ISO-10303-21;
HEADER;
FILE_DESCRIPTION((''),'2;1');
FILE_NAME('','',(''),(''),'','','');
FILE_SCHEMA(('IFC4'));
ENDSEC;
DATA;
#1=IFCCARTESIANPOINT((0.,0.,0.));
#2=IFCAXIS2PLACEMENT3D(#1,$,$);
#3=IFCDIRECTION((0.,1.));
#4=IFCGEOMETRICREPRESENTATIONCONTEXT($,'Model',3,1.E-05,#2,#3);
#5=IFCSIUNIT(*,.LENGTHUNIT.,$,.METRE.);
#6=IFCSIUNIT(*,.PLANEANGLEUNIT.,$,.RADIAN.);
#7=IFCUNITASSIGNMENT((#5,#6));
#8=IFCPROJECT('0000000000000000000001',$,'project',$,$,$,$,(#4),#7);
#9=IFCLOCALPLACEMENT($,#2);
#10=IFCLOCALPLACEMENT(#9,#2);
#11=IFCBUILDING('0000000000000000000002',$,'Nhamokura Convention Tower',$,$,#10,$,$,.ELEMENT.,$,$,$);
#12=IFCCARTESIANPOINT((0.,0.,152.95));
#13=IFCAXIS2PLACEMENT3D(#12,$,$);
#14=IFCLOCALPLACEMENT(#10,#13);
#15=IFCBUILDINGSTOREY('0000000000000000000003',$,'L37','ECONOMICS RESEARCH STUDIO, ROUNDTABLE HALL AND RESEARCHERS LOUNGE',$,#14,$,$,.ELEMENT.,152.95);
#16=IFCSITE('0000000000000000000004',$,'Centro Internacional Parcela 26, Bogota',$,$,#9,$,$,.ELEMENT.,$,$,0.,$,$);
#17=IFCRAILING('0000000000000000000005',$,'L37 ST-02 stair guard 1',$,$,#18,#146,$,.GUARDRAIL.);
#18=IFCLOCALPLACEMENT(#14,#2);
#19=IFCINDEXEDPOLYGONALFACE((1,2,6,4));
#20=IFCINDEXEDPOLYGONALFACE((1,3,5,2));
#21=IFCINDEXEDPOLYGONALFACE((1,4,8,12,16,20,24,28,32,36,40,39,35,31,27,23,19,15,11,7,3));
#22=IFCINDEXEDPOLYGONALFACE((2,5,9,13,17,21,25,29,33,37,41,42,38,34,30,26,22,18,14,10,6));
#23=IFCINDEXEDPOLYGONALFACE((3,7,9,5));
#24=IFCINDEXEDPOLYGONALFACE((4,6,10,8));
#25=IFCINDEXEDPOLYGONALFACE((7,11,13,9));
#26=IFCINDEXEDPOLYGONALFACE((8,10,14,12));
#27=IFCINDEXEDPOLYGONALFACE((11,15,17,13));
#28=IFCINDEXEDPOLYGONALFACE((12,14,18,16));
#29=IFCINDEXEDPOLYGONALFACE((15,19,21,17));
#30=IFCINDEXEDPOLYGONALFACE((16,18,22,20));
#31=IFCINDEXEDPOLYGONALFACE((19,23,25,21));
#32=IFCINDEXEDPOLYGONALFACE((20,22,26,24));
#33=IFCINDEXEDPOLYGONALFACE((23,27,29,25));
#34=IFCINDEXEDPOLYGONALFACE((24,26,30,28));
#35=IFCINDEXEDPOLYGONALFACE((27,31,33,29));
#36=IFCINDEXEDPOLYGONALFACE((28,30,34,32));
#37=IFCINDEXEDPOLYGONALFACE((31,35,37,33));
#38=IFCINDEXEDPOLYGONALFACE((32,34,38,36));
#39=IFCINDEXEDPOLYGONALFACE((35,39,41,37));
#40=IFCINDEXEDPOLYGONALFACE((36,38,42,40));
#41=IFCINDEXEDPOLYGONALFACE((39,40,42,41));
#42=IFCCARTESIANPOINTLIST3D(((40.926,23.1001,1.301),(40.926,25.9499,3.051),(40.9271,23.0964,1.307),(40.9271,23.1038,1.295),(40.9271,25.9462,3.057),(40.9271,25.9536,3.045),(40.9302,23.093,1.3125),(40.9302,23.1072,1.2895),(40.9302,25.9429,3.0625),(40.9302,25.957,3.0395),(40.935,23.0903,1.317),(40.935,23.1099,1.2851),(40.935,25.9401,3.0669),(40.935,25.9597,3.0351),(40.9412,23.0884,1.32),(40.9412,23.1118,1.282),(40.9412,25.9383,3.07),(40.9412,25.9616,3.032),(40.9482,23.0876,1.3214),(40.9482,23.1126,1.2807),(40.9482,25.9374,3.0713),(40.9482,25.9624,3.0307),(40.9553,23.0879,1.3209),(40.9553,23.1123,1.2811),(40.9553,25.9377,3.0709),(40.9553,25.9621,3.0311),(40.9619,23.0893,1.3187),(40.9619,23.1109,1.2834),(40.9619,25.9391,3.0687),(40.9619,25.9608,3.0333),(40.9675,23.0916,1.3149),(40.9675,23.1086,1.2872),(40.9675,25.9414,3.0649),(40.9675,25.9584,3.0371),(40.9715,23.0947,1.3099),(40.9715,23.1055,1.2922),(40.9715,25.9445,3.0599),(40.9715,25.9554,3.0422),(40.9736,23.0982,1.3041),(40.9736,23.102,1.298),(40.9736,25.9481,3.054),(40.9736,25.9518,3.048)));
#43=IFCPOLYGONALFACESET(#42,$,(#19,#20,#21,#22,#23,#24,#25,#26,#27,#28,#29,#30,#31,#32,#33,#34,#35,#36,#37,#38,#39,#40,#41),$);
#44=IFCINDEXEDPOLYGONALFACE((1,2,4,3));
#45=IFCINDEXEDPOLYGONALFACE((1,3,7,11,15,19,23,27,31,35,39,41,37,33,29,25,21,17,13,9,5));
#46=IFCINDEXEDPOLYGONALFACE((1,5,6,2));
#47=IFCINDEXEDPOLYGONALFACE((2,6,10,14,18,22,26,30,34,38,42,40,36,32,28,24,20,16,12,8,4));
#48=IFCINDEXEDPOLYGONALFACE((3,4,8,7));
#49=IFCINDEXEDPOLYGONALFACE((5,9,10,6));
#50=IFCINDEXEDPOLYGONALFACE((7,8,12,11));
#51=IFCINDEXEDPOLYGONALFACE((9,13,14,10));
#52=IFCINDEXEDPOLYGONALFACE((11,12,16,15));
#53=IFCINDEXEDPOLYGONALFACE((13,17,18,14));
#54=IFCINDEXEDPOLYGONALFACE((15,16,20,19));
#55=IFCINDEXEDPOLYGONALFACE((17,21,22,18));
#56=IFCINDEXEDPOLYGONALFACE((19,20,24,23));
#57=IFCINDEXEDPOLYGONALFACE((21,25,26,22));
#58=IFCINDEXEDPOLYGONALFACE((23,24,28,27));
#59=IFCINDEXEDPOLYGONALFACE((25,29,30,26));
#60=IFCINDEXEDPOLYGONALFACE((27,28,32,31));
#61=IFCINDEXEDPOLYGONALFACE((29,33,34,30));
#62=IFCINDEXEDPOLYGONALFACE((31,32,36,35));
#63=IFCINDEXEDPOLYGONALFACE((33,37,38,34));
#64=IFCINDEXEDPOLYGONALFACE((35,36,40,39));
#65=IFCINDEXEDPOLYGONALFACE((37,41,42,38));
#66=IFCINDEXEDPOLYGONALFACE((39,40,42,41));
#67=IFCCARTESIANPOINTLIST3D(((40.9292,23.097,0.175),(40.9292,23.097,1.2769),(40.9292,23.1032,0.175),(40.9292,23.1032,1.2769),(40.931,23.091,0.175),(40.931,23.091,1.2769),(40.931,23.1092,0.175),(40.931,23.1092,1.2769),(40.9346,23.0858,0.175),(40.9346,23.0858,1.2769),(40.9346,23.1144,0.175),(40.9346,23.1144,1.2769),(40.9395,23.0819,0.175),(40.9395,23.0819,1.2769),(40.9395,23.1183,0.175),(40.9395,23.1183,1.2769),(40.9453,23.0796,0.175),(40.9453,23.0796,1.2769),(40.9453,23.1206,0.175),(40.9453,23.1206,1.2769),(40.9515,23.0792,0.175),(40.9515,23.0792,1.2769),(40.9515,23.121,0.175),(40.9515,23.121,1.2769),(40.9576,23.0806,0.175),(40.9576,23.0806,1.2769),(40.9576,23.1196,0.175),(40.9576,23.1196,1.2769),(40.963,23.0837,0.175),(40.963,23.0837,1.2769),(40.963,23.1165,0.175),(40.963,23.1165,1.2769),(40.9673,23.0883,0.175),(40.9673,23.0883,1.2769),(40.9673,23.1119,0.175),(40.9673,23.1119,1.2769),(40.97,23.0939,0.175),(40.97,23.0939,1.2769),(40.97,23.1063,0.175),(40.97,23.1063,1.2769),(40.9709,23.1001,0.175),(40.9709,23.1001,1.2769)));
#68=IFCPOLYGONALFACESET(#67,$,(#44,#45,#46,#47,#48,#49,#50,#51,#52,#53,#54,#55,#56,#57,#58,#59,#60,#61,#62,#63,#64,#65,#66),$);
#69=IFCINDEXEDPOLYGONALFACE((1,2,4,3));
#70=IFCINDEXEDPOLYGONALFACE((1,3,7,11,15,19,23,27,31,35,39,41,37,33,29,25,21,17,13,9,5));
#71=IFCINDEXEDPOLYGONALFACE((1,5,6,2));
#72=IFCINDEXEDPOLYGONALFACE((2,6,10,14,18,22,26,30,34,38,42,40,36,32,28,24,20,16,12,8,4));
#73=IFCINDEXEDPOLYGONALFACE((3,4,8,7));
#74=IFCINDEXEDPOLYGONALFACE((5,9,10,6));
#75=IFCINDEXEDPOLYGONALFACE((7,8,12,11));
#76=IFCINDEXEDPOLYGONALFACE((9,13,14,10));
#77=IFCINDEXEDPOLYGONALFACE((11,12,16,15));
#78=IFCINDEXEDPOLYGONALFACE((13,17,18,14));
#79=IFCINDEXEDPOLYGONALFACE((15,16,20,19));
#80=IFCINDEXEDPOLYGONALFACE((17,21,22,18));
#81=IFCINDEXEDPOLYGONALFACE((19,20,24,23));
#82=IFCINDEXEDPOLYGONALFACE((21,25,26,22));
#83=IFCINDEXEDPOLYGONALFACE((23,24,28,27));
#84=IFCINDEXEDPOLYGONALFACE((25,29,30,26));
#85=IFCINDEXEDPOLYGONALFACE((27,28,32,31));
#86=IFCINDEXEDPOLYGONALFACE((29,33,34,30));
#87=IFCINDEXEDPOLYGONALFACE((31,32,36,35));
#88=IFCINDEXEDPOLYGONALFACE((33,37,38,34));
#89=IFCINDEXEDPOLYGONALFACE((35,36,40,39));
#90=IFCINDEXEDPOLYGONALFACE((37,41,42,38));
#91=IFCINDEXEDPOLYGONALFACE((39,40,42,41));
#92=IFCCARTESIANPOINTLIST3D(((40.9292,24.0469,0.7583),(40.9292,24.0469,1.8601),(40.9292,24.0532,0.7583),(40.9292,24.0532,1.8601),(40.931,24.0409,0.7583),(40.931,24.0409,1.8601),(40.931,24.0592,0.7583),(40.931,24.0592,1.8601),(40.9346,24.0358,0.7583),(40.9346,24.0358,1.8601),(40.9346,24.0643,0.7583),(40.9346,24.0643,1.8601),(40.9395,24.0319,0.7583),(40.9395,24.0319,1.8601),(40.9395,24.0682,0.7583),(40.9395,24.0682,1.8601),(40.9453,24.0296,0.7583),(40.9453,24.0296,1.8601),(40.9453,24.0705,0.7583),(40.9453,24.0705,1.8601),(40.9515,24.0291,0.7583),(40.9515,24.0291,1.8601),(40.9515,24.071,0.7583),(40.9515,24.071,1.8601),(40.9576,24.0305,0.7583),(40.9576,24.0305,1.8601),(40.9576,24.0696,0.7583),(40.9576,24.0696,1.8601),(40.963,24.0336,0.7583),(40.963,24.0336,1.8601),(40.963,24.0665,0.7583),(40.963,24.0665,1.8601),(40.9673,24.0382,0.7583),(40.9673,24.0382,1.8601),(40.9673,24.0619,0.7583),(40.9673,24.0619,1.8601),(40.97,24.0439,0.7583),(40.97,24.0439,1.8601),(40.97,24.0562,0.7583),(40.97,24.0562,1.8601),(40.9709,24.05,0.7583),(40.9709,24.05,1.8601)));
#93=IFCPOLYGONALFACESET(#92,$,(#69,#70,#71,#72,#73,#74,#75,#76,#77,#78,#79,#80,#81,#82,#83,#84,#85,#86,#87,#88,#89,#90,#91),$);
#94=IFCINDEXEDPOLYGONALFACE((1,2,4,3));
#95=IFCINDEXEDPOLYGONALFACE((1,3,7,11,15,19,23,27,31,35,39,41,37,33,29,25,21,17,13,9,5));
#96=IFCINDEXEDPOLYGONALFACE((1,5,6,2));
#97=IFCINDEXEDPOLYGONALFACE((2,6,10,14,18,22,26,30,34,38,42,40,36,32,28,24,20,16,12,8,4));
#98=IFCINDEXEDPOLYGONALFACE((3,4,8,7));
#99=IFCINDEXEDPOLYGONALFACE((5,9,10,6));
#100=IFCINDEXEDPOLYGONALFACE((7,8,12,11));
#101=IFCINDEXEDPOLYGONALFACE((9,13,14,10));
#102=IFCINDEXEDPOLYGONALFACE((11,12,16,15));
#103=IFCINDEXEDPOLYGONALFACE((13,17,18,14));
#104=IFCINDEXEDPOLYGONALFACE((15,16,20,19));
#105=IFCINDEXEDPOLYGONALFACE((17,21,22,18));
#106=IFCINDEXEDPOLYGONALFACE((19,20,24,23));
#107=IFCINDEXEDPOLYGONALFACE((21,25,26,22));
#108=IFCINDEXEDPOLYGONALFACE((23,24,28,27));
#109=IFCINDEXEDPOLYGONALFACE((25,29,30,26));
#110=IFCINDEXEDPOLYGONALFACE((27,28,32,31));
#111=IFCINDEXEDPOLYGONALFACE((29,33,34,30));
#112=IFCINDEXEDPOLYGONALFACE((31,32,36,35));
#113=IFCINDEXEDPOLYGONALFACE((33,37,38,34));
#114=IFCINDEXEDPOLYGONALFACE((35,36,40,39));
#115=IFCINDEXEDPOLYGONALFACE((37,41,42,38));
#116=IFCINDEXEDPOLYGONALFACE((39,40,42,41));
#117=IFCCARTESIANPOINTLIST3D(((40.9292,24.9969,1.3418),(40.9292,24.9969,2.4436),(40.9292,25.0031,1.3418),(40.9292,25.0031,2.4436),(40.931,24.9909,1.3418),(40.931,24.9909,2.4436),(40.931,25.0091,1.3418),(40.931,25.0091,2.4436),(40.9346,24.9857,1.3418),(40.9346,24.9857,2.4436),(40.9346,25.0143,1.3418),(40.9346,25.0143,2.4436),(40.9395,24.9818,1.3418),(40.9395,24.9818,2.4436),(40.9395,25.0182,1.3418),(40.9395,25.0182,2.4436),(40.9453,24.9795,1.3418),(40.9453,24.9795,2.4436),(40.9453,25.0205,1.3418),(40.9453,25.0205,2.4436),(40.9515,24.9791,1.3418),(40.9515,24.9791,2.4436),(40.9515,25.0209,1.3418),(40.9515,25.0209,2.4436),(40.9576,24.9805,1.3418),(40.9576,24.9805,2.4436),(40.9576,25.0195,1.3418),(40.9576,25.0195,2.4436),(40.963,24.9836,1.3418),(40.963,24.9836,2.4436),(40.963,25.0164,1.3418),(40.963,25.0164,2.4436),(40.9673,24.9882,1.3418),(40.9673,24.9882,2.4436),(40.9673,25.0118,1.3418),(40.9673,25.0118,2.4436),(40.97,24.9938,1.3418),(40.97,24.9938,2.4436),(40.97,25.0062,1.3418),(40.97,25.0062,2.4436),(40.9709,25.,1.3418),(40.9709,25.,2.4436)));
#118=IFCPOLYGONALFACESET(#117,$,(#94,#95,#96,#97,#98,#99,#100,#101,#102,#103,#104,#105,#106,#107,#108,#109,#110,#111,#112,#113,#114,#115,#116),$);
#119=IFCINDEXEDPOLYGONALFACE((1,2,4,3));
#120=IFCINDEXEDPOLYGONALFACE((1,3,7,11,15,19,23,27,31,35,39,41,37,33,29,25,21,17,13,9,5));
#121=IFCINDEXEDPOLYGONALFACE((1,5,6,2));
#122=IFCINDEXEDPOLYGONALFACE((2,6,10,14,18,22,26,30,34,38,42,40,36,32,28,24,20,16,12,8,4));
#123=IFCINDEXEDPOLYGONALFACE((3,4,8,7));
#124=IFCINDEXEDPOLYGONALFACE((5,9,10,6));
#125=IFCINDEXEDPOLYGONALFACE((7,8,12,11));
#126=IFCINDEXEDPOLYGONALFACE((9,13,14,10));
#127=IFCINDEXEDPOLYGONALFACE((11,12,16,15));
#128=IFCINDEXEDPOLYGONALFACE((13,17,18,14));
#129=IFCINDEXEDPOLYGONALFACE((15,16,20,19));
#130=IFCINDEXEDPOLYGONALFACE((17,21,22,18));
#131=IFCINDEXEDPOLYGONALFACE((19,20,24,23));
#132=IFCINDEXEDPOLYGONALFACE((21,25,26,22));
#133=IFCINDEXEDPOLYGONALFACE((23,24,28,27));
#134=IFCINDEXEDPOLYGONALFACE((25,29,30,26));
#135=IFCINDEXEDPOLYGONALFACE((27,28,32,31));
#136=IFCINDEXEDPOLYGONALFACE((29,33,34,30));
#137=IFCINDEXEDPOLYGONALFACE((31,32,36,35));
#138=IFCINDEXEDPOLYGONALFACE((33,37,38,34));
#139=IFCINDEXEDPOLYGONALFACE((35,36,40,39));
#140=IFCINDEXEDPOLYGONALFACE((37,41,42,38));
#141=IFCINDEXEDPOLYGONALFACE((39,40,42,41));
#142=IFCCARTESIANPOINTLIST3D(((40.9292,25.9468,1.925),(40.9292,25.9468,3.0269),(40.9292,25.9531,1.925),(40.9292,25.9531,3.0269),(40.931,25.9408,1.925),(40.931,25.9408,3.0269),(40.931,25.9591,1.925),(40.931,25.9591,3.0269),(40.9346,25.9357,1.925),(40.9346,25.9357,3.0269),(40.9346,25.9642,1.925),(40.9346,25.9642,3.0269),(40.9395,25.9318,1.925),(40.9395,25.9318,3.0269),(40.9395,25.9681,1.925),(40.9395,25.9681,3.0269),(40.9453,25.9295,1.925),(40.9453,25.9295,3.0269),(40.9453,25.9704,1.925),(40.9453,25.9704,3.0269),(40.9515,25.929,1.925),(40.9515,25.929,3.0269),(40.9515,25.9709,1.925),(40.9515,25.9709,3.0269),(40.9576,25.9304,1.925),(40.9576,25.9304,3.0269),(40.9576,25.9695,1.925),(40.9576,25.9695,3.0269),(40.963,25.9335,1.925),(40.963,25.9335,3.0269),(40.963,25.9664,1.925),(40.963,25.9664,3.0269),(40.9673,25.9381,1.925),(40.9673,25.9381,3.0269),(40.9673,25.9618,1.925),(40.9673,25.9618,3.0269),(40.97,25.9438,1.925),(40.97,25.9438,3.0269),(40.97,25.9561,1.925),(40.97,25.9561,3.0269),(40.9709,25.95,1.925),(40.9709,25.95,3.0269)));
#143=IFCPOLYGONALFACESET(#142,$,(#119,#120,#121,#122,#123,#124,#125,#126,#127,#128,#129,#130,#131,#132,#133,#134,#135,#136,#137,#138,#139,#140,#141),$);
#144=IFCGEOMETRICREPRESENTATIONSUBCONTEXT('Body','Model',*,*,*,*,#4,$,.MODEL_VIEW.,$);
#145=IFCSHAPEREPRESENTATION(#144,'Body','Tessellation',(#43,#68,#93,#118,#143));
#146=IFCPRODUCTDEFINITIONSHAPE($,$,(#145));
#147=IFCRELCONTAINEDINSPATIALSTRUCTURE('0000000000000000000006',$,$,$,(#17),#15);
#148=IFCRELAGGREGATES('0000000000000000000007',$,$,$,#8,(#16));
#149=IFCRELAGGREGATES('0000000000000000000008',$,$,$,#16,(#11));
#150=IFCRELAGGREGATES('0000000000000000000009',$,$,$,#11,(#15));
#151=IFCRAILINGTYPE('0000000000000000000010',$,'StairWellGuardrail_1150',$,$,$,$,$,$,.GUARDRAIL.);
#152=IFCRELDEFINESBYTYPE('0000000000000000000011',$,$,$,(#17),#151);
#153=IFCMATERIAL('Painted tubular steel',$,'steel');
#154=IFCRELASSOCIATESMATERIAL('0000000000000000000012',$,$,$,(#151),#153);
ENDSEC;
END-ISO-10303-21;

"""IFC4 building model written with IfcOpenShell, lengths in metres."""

from ifc_helpers import new_model, si_unit, direction, frame, origin, origin_2d, place, context, subcontext, project, spatial, circle, extrude, material, type_object, element, save


model = new_model("IFC4")

# Units and contexts
model_context = context("Model", 3, precision=1e-05, world=origin(), true_north=direction((0.0, 1.0)))
body_context = subcontext(model_context, "Body", "Model", "MODEL_VIEW")
ifc_project = project(units=[si_unit("LENGTHUNIT", "METRE"), si_unit("PLANEANGLEUNIT", "RADIAN")], contexts=[model_context])

# Site, building, storey
site_placement = place(None, origin())
site = spatial("IfcSite", under=ifc_project, at=site_placement, Name="Centro Internacional Parcela 26, Bogota", CompositionType="ELEMENT", RefElevation=0.0)
building_placement = place(site_placement, origin())
building = spatial("IfcBuilding", under=site, at=building_placement, Name="Nhamokura Convention Tower", CompositionType="ELEMENT")
storey_placement = place(building_placement, frame((0.0, 0.0, 152.95)))
storey = spatial("IfcBuildingStorey", under=building, at=storey_placement, Name="L37", Description="ECONOMICS RESEARCH STUDIO, ROUNDTABLE HALL AND RESEARCHERS LOUNGE", CompositionType="ELEMENT", Elevation=152.95)

# Railing
ifc_material_1 = material(Name="Painted tubular steel", Category="steel")
railing_type_1 = type_object("IfcRailingType", Name="StairWellGuardrail_1150", PredefinedType="GUARDRAIL", material=ifc_material_1)
railing_1_placement = place(storey_placement, frame((40.95, 23.1001, 0.175)))
element("IfcRailing", 1, at=railing_1_placement, inside=storey, type_object=railing_type_1, Name="L37 ST-02 stair guard 1", PredefinedType="GUARDRAIL", context=body_context, shape_type="SweptSolid", body=[
    extrude(circle(Radius=0.0239, at=origin_2d()), frame((0.0, 0.0, 1.126), z_axis=(0.0, 0.852159, 0.523283), x_axis=(-1.0, 0.0, 0.0)), (0.0, 0.0, 1.0), 3.3442),
    extrude(circle(Radius=0.021, at=origin_2d()), origin(), (0.0, 0.0, 1.0), 1.1018),
    extrude(circle(Radius=0.021, at=origin_2d()), frame((0.0, 0.95, 0.5833)), (0.0, 0.0, 1.0), 1.1018),
    extrude(circle(Radius=0.021, at=origin_2d()), frame((0.0, 1.8999, 1.1667)), (0.0, 0.0, 1.0), 1.1018),
    extrude(circle(Radius=0.021, at=origin_2d()), frame((0.0, 2.8499, 1.75)), (0.0, 0.0, 1.0), 1.1018),
])

save(model, "model.ifc")
